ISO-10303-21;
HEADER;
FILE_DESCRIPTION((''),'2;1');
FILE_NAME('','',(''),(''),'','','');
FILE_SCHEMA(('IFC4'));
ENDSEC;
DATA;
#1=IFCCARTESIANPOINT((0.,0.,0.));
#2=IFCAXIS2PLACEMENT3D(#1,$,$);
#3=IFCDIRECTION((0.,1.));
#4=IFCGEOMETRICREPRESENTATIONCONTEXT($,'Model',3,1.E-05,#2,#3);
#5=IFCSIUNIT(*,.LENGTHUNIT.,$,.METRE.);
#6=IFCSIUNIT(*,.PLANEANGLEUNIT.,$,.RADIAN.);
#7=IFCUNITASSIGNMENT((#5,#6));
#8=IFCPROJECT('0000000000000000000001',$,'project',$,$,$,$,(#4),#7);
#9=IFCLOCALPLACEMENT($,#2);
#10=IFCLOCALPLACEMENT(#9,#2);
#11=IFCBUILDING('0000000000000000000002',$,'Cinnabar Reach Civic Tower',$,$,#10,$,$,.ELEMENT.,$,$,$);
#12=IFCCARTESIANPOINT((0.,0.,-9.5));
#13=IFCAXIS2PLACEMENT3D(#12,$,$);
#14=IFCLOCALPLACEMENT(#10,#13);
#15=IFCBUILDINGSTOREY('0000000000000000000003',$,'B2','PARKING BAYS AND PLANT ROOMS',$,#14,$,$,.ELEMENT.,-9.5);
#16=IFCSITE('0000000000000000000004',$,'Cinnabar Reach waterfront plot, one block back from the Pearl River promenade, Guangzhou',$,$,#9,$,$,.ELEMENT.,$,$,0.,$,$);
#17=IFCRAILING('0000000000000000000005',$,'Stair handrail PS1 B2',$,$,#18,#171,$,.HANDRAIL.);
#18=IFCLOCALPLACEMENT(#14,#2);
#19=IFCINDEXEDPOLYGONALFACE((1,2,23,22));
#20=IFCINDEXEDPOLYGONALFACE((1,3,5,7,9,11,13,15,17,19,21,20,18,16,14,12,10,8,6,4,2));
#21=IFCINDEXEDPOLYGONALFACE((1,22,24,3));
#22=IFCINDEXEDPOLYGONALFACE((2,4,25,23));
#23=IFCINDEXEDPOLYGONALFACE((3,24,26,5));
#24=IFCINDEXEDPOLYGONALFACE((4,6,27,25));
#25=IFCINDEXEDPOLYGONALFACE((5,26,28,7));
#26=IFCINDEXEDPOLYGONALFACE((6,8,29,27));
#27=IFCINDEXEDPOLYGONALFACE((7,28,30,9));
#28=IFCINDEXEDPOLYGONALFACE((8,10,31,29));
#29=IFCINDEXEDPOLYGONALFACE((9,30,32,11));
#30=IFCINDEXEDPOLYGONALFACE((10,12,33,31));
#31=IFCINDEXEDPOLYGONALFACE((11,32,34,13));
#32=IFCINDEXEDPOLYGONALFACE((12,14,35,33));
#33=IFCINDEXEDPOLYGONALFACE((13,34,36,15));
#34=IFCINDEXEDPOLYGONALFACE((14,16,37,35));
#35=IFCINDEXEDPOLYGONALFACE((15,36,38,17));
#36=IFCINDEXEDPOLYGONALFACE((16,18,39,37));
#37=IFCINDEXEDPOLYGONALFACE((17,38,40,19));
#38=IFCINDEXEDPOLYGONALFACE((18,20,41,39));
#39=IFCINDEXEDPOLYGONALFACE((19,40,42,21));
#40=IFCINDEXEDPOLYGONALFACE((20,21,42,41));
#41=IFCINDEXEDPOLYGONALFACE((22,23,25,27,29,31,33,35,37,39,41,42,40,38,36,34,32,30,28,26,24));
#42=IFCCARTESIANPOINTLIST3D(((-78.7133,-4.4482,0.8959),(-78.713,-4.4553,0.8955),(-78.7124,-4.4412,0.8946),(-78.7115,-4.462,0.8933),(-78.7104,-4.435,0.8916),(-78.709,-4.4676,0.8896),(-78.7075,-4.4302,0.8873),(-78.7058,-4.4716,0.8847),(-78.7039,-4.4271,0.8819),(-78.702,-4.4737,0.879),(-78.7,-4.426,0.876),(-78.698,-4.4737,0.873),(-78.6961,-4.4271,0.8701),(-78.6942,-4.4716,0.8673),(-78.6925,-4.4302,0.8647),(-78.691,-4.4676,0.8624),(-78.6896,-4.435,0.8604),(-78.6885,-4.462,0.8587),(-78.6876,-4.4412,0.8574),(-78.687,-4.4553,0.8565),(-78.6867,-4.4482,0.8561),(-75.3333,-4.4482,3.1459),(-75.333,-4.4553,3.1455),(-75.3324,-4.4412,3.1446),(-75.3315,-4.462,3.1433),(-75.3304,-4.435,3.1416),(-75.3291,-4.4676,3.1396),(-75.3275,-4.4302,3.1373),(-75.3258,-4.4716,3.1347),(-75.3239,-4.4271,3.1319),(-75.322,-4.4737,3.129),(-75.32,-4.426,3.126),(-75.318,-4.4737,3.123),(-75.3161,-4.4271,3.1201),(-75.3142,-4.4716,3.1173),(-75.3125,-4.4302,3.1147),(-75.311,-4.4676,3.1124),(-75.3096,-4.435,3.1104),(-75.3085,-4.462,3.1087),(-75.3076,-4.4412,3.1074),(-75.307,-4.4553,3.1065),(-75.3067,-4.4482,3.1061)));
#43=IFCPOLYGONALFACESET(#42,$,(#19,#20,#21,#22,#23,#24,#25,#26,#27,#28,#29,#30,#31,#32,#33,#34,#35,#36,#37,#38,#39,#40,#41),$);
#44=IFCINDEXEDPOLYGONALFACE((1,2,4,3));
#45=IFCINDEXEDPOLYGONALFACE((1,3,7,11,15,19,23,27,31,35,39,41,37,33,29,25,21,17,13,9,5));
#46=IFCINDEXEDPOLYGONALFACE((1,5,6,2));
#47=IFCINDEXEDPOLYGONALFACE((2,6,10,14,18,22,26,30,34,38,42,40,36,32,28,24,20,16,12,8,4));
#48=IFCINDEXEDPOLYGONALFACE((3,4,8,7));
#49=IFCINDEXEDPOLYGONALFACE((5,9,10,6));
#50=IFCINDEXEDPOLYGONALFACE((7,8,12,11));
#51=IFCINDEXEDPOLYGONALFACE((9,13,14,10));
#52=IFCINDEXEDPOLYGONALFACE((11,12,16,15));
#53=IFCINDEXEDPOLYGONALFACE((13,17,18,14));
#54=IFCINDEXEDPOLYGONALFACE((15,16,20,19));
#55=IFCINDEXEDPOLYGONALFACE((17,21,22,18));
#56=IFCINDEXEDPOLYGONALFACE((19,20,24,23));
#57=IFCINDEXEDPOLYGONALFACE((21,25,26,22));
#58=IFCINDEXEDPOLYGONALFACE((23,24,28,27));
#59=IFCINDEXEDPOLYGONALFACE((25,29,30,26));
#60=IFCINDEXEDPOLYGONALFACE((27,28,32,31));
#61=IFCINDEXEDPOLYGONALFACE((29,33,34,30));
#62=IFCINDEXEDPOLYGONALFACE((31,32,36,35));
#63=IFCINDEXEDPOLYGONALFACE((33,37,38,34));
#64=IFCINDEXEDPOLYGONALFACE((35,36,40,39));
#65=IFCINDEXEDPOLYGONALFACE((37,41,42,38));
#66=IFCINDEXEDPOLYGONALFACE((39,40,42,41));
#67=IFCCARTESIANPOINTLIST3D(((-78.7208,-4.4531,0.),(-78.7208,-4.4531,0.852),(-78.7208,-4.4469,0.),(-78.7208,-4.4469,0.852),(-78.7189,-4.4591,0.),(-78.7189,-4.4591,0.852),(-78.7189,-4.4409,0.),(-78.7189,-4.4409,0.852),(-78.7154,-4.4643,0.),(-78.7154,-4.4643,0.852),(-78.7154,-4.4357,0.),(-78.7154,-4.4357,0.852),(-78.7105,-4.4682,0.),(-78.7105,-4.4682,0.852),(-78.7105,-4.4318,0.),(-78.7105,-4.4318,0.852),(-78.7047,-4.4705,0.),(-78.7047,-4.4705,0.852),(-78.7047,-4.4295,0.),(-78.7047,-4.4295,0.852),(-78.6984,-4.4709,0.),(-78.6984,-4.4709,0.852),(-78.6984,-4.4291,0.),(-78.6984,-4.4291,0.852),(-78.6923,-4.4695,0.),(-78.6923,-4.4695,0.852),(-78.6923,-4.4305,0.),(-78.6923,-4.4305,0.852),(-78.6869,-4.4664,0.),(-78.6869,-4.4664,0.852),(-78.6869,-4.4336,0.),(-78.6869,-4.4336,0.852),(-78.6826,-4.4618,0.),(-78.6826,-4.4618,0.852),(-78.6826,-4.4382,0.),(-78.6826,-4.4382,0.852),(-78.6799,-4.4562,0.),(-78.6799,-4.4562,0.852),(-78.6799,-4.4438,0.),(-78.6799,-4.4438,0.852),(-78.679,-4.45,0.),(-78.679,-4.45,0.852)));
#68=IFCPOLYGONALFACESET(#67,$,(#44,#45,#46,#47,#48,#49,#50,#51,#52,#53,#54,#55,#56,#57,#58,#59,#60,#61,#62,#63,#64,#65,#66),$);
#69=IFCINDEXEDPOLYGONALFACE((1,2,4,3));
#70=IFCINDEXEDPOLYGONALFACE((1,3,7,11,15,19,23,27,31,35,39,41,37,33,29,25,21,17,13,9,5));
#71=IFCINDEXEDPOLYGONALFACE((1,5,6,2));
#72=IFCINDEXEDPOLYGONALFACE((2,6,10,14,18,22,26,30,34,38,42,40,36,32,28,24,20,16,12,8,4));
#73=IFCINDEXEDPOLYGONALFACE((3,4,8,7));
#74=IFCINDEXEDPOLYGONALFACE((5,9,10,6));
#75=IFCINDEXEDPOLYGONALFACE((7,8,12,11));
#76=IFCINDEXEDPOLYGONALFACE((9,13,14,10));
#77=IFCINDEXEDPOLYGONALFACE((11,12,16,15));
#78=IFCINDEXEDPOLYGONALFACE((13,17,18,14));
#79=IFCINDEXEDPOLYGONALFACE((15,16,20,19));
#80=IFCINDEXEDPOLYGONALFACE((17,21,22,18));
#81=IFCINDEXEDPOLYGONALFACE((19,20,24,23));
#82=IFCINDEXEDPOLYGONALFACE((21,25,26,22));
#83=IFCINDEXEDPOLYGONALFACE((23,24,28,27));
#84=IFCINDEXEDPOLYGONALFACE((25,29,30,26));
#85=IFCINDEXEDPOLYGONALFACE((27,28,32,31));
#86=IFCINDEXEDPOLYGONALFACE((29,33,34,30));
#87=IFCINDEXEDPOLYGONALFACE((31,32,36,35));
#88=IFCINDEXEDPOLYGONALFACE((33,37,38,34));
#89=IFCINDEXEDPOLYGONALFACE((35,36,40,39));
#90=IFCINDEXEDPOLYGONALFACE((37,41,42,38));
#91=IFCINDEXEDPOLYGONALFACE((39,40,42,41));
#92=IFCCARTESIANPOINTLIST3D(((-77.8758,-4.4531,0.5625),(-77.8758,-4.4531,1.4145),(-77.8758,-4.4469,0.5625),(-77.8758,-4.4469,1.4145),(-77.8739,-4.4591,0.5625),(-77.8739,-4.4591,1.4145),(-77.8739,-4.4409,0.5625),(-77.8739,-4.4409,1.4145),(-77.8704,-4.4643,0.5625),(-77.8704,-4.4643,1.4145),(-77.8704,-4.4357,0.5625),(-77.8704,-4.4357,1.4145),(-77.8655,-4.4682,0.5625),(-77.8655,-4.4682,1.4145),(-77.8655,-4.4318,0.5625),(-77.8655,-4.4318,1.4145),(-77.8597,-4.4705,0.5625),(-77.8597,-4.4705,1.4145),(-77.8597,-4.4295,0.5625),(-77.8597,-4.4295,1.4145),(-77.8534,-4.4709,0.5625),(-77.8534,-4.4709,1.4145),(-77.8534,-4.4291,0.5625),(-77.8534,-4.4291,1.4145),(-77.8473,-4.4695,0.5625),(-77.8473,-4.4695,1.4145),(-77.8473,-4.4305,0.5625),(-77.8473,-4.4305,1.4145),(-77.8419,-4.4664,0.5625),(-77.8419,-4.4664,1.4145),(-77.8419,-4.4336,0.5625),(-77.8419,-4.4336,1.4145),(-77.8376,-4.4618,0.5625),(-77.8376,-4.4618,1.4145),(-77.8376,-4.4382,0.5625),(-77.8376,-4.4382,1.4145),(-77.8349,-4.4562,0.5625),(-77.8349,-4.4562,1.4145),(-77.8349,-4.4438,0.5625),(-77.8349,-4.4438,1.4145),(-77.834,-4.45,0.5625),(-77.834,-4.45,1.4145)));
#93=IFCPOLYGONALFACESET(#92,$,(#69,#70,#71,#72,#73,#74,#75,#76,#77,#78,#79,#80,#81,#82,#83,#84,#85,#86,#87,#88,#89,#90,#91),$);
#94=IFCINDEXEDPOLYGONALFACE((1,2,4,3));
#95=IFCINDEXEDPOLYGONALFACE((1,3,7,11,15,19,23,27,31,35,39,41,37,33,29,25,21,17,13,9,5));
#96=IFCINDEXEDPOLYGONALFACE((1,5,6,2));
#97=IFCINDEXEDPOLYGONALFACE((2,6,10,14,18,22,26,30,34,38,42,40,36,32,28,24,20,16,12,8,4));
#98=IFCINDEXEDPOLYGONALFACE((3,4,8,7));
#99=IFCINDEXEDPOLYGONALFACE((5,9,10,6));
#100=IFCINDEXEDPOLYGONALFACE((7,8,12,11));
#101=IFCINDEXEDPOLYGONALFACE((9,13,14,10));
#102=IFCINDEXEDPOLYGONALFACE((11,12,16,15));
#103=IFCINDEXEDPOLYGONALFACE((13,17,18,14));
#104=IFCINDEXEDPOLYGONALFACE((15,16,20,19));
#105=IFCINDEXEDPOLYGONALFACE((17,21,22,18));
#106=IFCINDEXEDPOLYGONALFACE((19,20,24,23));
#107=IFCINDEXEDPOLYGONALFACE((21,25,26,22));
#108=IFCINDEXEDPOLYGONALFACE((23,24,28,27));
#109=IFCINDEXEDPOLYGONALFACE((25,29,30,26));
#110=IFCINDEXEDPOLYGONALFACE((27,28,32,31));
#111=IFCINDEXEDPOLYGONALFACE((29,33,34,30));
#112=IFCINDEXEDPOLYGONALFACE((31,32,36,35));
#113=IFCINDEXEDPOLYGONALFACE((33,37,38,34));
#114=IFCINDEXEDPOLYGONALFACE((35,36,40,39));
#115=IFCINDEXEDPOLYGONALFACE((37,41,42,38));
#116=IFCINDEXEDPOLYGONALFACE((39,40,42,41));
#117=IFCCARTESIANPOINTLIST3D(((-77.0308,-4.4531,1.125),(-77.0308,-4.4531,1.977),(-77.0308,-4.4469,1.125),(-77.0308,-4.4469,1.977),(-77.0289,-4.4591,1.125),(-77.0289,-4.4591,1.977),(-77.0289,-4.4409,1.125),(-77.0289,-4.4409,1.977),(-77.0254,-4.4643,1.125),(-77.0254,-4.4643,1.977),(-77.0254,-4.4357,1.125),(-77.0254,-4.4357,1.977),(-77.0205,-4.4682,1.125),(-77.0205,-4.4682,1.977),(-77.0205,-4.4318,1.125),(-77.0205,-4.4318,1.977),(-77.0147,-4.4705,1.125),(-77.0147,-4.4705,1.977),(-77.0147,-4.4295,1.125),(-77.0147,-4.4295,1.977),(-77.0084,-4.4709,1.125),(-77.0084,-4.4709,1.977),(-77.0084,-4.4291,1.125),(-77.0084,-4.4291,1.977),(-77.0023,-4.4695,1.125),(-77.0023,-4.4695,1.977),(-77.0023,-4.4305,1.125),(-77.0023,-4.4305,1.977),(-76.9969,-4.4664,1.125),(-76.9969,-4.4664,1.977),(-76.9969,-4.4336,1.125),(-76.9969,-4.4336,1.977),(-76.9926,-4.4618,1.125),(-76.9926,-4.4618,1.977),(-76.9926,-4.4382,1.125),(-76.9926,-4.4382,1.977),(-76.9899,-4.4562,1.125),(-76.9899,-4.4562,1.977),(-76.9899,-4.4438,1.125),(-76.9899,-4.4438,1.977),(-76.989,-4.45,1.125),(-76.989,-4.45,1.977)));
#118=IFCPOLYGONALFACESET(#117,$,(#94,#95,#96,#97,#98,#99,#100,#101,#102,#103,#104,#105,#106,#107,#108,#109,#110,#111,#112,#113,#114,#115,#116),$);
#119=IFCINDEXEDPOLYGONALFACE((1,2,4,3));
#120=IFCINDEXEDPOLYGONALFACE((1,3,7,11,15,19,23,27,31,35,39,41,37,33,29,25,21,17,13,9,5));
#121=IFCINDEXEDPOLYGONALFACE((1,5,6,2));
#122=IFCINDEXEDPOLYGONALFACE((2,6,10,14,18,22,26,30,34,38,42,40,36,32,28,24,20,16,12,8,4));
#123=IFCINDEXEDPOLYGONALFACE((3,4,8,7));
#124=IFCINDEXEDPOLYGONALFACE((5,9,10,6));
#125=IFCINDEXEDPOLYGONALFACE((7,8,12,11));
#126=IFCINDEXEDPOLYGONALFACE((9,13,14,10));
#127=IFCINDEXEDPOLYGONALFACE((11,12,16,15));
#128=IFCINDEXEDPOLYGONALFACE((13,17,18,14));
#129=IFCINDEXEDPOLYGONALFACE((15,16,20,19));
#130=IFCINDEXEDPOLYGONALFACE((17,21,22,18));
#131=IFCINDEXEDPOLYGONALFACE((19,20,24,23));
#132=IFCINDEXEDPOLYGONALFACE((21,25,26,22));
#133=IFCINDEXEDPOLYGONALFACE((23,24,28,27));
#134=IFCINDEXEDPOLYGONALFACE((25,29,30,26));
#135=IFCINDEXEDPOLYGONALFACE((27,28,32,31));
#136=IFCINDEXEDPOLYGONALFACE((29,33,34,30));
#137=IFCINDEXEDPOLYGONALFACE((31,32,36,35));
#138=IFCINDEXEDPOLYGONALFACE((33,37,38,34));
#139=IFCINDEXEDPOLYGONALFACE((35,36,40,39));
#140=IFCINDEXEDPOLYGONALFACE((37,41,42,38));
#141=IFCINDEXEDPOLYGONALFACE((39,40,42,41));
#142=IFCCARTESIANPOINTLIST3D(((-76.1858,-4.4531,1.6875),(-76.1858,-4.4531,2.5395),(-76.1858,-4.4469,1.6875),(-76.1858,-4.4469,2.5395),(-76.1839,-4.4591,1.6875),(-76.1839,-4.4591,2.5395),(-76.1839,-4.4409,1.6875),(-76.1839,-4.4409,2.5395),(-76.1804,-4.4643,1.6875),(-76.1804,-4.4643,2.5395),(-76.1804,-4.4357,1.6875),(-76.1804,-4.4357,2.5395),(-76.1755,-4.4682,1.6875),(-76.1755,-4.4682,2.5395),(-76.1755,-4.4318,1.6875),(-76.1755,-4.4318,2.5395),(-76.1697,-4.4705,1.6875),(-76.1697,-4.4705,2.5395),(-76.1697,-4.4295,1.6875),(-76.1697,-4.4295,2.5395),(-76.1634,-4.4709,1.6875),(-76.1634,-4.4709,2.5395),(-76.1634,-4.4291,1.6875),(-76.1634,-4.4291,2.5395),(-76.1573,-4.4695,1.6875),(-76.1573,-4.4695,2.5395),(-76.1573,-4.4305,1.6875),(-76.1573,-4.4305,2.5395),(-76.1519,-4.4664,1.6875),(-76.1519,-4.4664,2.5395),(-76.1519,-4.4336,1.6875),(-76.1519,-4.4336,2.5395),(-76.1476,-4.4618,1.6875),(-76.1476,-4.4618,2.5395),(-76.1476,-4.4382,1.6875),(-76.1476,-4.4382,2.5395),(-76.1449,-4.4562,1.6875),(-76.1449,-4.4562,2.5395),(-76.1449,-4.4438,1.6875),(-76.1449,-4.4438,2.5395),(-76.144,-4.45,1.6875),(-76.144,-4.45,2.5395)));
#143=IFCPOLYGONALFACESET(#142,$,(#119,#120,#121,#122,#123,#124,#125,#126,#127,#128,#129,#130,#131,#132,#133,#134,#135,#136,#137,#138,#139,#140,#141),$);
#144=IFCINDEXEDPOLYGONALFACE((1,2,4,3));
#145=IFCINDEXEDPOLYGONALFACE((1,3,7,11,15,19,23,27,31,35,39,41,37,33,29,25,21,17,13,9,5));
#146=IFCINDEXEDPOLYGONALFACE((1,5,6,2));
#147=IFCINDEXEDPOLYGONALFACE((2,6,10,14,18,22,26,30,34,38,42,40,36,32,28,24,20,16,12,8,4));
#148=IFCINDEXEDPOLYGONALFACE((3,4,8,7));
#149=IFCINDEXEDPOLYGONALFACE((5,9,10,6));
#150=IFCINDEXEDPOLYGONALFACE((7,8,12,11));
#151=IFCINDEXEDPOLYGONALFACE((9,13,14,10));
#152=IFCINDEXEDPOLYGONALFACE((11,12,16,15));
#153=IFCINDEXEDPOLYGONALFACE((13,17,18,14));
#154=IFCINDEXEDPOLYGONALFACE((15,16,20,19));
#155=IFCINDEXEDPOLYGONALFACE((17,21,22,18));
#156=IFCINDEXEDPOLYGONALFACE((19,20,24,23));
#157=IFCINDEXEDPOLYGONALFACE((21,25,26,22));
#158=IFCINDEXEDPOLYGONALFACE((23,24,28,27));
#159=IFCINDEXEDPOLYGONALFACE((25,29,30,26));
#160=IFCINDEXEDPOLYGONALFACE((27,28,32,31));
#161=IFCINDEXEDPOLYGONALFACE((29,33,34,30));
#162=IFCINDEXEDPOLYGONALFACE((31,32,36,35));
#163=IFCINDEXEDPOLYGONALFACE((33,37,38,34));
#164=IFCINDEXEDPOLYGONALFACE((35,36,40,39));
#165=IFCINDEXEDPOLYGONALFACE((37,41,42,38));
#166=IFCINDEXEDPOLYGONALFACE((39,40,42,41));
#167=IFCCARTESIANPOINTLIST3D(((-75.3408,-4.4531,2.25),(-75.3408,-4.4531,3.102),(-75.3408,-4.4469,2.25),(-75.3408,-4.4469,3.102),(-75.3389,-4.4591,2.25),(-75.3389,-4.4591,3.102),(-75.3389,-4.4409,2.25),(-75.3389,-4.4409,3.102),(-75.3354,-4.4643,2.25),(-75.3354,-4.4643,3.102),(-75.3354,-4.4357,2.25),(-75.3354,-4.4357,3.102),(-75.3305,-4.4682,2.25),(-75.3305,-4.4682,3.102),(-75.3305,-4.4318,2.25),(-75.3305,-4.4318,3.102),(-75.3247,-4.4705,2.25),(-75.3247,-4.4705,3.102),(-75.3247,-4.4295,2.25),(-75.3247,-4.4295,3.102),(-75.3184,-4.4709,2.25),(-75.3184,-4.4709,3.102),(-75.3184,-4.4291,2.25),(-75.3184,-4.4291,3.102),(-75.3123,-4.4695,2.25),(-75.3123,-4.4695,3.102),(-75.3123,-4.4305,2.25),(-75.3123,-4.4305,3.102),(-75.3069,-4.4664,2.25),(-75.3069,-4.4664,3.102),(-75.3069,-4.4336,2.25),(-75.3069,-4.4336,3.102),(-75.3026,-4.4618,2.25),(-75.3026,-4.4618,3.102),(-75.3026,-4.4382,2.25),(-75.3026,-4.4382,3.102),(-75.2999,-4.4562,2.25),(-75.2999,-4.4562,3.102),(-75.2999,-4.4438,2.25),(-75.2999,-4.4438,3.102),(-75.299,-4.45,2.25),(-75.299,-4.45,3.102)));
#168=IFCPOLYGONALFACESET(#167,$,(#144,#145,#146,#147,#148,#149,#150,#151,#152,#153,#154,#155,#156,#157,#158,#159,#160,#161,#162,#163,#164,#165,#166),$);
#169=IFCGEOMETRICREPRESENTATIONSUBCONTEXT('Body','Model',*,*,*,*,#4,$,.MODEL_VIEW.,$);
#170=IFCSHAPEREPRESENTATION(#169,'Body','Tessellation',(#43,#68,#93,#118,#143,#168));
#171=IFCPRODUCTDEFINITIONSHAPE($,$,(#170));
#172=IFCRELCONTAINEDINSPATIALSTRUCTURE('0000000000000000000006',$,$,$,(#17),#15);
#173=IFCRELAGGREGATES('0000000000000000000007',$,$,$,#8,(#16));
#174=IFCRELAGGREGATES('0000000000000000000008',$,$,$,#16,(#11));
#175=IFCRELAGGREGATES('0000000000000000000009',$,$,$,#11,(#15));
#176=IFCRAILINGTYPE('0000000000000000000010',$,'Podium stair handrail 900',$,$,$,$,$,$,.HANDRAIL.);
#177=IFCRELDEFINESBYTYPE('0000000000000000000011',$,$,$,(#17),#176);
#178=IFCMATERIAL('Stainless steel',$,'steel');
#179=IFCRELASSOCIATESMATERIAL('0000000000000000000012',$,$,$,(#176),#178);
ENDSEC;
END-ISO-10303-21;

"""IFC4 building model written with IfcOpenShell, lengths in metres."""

from ifc_helpers import new_model, si_unit, direction, frame, origin, origin_2d, place, context, subcontext, project, spatial, circle, extrude, material, type_object, element, save


model = new_model("IFC4")

# Units and contexts
model_context = context("Model", 3, precision=1e-05, world=origin(), true_north=direction((0.0, 1.0)))
body_context = subcontext(model_context, "Body", "Model", "MODEL_VIEW")
ifc_project = project(units=[si_unit("LENGTHUNIT", "METRE"), si_unit("PLANEANGLEUNIT", "RADIAN")], contexts=[model_context])

# Site, building, storey
site_placement = place(None, origin())
site = spatial("IfcSite", under=ifc_project, at=site_placement, Name="Cinnabar Reach waterfront plot, one block back from the Pearl River promenade, Guangzhou", CompositionType="ELEMENT", RefElevation=0.0)
building_placement = place(site_placement, origin())
building = spatial("IfcBuilding", under=site, at=building_placement, Name="Cinnabar Reach Civic Tower", CompositionType="ELEMENT")
storey_placement = place(building_placement, frame((0.0, 0.0, -9.5)))
storey = spatial("IfcBuildingStorey", under=building, at=storey_placement, Name="B2", Description="PARKING BAYS AND PLANT ROOMS", CompositionType="ELEMENT", Elevation=-9.5)

# Railing
ifc_material_1 = material(Name="Stainless steel", Category="steel")
railing_type_1 = type_object("IfcRailingType", Name="Podium stair handrail 900", PredefinedType="HANDRAIL", material=ifc_material_1)
railing_1_placement = place(storey_placement, frame((-78.7, -4.45, 0.0)))
element("IfcRailing", 1, at=railing_1_placement, inside=storey, type_object=railing_type_1, Name="Stair handrail PS1 B2", PredefinedType="HANDRAIL", context=body_context, shape_type="SweptSolid", body=[
    extrude(circle(Radius=0.024, at=origin_2d()), frame((0.0, 0.0, 0.876), z_axis=(0.832429, 0.0, 0.554132), x_axis=(0.0, 1.0, 0.0)), (0.0, 0.0, 1.0), 4.0604),
    extrude(circle(Radius=0.021, at=origin_2d()), origin(), (0.0, 0.0, 1.0), 0.852),
    extrude(circle(Radius=0.021, at=origin_2d()), frame((0.845, 0.0, 0.5625)), (0.0, 0.0, 1.0), 0.852),
    extrude(circle(Radius=0.021, at=origin_2d()), frame((1.69, 0.0, 1.125)), (0.0, 0.0, 1.0), 0.852),
    extrude(circle(Radius=0.021, at=origin_2d()), frame((2.535, 0.0, 1.6875)), (0.0, 0.0, 1.0), 0.852),
    extrude(circle(Radius=0.021, at=origin_2d()), frame((3.38, 0.0, 2.25)), (0.0, 0.0, 1.0), 0.852),
])

save(model, "model.ifc")
